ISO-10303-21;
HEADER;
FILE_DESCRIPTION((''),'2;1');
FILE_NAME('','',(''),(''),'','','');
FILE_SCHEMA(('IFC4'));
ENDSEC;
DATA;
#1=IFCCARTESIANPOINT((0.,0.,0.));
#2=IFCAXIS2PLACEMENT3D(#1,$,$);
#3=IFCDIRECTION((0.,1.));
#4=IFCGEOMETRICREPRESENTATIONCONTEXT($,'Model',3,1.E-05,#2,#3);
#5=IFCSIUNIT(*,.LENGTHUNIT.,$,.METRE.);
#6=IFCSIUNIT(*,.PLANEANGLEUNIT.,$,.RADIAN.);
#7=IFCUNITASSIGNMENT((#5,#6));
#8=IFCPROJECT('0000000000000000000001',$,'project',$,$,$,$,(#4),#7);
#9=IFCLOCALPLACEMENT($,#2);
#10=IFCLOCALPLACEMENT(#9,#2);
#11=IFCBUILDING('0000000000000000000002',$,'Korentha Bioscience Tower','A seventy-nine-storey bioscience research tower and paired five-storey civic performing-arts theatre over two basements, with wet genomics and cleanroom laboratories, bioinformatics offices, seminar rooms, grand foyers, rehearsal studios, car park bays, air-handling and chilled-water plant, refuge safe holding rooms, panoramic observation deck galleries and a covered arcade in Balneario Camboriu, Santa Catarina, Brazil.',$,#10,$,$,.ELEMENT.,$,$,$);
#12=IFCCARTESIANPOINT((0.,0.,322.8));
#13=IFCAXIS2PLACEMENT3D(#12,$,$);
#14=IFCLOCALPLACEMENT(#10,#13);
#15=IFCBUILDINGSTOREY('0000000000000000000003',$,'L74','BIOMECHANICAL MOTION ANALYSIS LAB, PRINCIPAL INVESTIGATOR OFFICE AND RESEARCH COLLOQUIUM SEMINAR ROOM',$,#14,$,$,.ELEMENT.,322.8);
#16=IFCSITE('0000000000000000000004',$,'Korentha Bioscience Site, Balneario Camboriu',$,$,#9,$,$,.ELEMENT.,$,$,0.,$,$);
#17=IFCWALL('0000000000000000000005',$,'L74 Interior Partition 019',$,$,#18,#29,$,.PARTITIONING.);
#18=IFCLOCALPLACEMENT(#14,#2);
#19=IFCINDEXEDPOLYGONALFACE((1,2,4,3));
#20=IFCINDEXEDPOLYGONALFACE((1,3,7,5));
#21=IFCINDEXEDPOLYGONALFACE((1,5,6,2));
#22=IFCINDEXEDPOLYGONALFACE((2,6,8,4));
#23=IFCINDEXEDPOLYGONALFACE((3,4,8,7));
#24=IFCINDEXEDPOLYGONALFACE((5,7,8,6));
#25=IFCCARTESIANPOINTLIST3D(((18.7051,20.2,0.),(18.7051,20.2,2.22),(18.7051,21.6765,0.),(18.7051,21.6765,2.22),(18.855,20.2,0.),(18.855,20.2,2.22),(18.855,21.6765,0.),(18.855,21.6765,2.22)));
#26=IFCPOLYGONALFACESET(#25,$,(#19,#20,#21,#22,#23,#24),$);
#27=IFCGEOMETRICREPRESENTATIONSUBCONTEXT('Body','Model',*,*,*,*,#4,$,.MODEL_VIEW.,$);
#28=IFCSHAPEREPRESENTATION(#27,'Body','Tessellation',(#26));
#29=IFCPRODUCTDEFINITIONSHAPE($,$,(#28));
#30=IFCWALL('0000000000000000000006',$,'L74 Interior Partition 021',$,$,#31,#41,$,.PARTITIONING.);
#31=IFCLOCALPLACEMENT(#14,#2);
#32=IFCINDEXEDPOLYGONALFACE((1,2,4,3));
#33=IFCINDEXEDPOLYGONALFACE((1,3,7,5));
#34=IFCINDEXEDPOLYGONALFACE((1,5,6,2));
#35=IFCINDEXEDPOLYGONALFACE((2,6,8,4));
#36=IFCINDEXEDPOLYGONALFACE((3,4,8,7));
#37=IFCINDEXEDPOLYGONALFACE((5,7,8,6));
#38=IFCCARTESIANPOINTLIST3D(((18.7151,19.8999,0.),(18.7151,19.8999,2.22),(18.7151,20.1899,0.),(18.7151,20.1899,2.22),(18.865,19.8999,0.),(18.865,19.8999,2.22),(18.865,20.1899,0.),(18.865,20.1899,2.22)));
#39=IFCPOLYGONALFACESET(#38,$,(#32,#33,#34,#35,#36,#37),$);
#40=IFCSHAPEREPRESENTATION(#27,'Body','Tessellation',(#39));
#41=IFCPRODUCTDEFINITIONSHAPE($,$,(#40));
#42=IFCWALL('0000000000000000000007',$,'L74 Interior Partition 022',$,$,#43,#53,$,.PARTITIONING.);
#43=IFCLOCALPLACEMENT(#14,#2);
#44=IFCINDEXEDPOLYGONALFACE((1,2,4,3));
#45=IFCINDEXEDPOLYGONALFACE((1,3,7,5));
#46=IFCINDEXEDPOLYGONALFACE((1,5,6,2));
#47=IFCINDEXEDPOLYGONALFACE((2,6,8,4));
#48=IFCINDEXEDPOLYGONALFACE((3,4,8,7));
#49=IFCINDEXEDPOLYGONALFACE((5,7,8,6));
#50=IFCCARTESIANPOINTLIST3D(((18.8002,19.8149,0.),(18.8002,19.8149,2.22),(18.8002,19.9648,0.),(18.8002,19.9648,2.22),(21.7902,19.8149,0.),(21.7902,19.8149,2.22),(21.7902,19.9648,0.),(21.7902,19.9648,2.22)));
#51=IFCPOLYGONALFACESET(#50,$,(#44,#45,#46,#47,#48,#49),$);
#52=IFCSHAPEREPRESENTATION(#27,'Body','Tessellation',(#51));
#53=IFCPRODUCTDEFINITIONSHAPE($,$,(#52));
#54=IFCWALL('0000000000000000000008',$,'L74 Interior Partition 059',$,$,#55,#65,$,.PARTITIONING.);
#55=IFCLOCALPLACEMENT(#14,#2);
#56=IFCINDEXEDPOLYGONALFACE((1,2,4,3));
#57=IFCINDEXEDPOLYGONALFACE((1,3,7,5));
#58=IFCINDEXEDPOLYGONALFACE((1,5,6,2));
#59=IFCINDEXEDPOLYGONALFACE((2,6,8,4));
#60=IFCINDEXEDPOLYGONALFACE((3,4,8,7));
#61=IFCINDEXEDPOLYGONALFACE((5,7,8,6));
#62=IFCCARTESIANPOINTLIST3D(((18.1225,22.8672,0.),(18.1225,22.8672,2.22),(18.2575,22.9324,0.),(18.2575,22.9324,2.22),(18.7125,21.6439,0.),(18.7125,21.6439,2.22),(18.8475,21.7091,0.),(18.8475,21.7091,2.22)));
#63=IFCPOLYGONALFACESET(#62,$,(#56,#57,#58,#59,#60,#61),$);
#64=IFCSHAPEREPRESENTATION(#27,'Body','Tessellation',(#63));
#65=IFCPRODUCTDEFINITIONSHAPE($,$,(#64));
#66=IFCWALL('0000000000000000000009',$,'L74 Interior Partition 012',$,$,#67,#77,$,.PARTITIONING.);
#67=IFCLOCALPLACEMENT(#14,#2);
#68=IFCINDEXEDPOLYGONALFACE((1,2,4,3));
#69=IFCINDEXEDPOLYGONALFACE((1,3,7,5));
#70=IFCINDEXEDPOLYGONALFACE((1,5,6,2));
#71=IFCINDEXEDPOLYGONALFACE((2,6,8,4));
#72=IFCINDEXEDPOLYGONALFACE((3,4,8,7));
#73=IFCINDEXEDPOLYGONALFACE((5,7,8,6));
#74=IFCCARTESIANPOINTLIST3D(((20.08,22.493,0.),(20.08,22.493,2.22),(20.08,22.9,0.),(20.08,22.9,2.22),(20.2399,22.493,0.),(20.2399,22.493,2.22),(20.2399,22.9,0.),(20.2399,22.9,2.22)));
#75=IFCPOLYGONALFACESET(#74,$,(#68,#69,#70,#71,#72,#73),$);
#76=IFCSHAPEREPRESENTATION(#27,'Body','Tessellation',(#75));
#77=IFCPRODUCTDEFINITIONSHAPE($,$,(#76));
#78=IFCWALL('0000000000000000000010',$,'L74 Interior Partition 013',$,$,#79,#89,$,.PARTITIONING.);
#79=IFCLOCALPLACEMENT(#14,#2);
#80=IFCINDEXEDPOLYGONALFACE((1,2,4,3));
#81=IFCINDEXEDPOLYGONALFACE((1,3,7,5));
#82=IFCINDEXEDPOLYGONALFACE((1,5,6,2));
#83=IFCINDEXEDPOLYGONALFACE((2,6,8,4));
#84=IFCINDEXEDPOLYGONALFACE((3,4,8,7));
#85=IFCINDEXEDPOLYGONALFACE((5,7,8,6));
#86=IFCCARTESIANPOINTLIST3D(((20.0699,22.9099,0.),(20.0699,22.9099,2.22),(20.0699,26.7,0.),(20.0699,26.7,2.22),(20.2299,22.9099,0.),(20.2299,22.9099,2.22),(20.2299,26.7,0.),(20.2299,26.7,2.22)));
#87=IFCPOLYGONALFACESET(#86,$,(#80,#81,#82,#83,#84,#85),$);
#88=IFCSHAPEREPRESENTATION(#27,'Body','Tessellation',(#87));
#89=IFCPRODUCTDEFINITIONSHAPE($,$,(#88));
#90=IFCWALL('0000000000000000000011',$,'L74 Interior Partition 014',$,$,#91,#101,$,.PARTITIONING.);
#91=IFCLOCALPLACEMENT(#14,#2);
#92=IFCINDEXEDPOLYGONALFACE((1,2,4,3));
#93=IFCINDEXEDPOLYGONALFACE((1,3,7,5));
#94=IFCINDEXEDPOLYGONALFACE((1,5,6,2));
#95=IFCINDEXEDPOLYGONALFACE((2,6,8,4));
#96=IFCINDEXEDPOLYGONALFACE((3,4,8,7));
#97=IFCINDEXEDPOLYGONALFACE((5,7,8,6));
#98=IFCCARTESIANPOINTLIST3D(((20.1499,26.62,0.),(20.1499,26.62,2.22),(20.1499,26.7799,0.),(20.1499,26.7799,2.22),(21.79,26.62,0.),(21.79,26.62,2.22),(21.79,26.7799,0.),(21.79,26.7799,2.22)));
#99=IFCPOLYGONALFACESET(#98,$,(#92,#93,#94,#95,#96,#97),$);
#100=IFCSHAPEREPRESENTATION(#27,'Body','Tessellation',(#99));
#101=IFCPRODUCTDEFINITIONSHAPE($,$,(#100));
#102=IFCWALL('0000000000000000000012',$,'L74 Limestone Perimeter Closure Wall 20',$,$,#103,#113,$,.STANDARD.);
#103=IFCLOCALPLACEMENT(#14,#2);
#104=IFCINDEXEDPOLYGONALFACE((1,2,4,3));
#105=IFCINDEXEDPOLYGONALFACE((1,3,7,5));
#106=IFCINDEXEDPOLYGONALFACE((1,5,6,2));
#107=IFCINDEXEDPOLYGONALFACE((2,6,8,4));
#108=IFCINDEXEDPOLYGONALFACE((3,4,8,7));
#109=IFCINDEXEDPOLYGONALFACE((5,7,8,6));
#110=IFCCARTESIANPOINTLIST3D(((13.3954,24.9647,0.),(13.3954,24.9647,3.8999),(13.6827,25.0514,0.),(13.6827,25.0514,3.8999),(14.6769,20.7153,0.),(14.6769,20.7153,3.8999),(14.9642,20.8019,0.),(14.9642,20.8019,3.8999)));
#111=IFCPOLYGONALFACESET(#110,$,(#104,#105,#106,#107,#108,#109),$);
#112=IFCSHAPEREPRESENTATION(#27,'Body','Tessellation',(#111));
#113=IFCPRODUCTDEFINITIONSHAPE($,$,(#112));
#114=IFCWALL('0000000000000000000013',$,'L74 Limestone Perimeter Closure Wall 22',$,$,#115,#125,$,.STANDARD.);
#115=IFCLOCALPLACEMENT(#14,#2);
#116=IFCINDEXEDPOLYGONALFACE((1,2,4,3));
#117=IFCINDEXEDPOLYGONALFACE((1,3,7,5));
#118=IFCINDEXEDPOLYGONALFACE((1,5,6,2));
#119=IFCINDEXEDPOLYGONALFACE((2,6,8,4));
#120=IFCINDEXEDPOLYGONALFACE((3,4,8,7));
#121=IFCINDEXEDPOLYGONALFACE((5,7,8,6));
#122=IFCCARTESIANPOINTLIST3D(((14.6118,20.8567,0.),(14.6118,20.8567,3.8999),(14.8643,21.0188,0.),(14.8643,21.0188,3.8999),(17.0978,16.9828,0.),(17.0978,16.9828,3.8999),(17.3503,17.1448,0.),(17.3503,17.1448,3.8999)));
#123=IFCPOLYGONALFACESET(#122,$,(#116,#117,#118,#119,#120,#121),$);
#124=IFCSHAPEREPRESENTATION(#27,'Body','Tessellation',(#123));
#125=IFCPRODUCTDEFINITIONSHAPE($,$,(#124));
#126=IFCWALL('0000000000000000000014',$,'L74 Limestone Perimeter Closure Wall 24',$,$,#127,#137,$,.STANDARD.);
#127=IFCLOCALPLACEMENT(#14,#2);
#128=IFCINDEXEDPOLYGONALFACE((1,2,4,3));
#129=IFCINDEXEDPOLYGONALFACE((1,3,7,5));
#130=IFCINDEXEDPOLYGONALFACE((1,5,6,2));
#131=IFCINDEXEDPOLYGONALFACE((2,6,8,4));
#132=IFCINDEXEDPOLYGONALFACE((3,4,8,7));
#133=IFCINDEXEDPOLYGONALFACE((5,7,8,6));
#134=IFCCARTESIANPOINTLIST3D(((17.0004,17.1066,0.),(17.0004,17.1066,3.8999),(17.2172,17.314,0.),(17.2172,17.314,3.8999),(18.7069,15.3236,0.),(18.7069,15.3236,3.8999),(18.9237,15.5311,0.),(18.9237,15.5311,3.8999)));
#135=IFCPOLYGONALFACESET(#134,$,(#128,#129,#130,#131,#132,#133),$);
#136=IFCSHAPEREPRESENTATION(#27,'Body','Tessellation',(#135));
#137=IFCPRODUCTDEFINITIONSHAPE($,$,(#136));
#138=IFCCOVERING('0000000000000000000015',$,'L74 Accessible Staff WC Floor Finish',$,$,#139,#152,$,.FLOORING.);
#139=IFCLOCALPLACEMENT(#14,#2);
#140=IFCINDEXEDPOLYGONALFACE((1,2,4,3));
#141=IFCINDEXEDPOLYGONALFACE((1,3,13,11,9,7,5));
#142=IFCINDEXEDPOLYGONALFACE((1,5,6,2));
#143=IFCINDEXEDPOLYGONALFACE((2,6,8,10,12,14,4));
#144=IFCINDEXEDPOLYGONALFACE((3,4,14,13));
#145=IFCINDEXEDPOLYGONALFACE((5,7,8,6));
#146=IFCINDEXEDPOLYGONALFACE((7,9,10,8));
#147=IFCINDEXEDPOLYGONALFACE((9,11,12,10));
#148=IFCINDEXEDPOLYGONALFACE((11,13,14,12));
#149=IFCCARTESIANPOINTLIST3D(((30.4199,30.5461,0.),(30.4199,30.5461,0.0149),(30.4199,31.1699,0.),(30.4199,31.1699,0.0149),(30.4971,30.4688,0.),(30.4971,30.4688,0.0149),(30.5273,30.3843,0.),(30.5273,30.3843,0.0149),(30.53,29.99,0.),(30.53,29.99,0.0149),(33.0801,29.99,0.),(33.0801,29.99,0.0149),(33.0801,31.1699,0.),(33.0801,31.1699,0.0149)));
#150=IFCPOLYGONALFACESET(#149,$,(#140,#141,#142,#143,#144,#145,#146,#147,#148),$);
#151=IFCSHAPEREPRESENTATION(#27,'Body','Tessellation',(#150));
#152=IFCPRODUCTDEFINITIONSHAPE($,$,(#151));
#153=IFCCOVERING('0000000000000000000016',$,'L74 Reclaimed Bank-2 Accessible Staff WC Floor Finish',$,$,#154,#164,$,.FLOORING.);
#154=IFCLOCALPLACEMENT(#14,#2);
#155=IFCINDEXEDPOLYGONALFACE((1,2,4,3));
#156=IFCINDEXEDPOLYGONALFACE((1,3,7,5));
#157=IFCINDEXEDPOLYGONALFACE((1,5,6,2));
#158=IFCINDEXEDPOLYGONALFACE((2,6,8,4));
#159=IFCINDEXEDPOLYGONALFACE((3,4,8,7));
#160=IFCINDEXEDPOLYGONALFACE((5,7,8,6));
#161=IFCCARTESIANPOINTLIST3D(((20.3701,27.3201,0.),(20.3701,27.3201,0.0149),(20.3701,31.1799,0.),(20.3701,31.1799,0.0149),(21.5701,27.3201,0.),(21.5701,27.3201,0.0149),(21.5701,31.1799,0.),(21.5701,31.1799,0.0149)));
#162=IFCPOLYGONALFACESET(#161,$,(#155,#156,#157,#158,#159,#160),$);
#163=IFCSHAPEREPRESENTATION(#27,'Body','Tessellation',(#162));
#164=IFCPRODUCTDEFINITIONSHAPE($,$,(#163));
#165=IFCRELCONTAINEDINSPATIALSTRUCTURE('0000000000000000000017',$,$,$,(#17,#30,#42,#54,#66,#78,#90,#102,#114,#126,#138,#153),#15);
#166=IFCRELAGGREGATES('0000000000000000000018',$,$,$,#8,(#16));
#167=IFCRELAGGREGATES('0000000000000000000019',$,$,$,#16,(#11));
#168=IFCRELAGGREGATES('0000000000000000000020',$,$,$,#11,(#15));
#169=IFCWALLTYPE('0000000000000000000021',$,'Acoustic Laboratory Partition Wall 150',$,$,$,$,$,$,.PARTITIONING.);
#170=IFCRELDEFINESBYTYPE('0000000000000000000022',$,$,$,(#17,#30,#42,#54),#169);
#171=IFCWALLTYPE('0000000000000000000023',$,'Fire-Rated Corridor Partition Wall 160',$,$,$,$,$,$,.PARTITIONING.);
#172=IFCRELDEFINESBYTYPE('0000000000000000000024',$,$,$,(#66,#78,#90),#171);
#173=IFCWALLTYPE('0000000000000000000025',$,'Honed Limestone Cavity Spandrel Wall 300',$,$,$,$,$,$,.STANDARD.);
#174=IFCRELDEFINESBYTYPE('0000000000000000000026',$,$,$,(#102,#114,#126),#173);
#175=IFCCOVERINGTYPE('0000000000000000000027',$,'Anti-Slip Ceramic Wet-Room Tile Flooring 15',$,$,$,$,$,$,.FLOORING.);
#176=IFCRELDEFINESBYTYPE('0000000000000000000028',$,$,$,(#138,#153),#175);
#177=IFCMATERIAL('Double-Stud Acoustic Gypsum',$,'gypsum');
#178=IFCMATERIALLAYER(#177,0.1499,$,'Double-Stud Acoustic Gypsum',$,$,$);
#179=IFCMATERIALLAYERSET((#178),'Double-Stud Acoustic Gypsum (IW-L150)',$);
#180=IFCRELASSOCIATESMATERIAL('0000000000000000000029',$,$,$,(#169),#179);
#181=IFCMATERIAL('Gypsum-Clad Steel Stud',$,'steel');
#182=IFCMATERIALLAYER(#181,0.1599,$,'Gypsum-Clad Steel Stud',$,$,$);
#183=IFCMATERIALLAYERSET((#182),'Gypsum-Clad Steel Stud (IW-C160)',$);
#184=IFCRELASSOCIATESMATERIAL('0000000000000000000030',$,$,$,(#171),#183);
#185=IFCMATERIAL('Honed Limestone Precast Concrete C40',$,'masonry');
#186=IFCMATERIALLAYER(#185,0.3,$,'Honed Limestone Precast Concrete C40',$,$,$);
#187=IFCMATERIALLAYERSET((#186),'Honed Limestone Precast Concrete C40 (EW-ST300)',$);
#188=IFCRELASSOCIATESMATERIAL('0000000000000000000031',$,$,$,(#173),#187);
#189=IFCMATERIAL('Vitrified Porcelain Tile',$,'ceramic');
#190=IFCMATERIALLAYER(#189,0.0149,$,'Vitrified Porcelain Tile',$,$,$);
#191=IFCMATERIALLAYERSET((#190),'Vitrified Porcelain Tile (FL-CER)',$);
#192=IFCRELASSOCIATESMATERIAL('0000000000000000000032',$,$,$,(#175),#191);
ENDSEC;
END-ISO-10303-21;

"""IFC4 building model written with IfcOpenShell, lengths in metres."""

from ifc_helpers import new_model, si_unit, direction, frame, frame_2d, origin, place, context, subcontext, project, spatial, polyline, rectangle, outline, extrude, material, layer, layer_set, type_object, element, save


model = new_model("IFC4")

# Units and contexts
model_context = context("Model", 3, precision=1e-05, world=origin(), true_north=direction((0.0, 1.0)))
body_context = subcontext(model_context, "Body", "Model", "MODEL_VIEW")
ifc_project = project(units=[si_unit("LENGTHUNIT", "METRE"), si_unit("PLANEANGLEUNIT", "RADIAN")], contexts=[model_context])

# Site, building, storey
site_placement = place(None, origin())
site = spatial("IfcSite", under=ifc_project, at=site_placement, Name="Korentha Bioscience Site, Balneario Camboriu", CompositionType="ELEMENT", RefElevation=0.0)
building_placement = place(site_placement, origin())
building = spatial("IfcBuilding", under=site, at=building_placement, Name="Korentha Bioscience Tower", Description="A seventy-nine-storey bioscience research tower and paired five-storey civic performing-arts theatre over two basements, with wet genomics and cleanroom laboratories, bioinformatics offices, seminar rooms, grand foyers, rehearsal studios, car park bays, air-handling and chilled-water plant, refuge safe holding rooms, panoramic observation deck galleries and a covered arcade in Balneario Camboriu, Santa Catarina, Brazil.", CompositionType="ELEMENT")
storey_placement = place(building_placement, frame((0.0, 0.0, 322.8)))
storey = spatial("IfcBuildingStorey", under=building, at=storey_placement, Name="L74", Description="BIOMECHANICAL MOTION ANALYSIS LAB, PRINCIPAL INVESTIGATOR OFFICE AND RESEARCH COLLOQUIUM SEMINAR ROOM", CompositionType="ELEMENT", Elevation=322.8)

# Shared definitions
ifc_material_1 = material(Name="Double-Stud Acoustic Gypsum", Category="gypsum")
ifc_layer_1 = layer(ifc_material_1, 0.1499, Name="Double-Stud Acoustic Gypsum")
ifc_layer_set_1 = layer_set([ifc_layer_1], Name="Double-Stud Acoustic Gypsum (IW-L150)")
wall_type_1 = type_object("IfcWallType", Name="Acoustic Laboratory Partition Wall 150", PredefinedType="PARTITIONING", material=ifc_layer_set_1)

# Walls
wall_1_placement = place(storey_placement, frame((18.78, 21.6765, 0.0), z_axis=(0.0, 0.0, 1.0), x_axis=(0.0, -1.0, 0.0)))
element("IfcWall", 1, at=wall_1_placement, inside=storey, type_object=wall_type_1, Name="L74 Interior Partition 019", PredefinedType="PARTITIONING", context=body_context, shape_type="SweptSolid", body=[
    extrude(rectangle(XDim=1.4766, YDim=0.1499, at=frame_2d((0.7383, 0.0))), origin(), (0.0, 0.0, 1.0), 2.22),
])
wall_2_placement = place(storey_placement, frame((18.79, 20.1899, 0.0), z_axis=(0.0, 0.0, 1.0), x_axis=(0.0, -1.0, 0.0)))
element("IfcWall", 2, at=wall_2_placement, inside=storey, type_object=wall_type_1, Name="L74 Interior Partition 021", PredefinedType="PARTITIONING", context=body_context, shape_type="SweptSolid", body=[
    extrude(rectangle(XDim=0.29, YDim=0.1499, at=frame_2d((0.145, 0.0))), origin(), (0.0, 0.0, 1.0), 2.22),
])
wall_3_placement = place(storey_placement, frame((18.8, 19.8899, 0.0), z_axis=(0.0, 0.0, 1.0), x_axis=(1.0, 0.0, 0.0)))
element("IfcWall", 3, at=wall_3_placement, inside=storey, type_object=wall_type_1, Name="L74 Interior Partition 022", PredefinedType="PARTITIONING", context=body_context, shape_type="SweptSolid", body=[
    extrude(rectangle(XDim=2.99, YDim=0.1499, at=frame_2d((1.4951, 0.0))), origin(), (0.0, 0.0, 1.0), 2.22),
])
wall_4_placement = place(storey_placement, frame((18.1899, 22.8999, 0.0), z_axis=(0.0, 0.0, 1.0), x_axis=(0.434442, -0.9007, 0.0)))
element("IfcWall", 4, at=wall_4_placement, inside=storey, type_object=wall_type_1, Name="L74 Interior Partition 059", PredefinedType="PARTITIONING", context=body_context, shape_type="SweptSolid", body=[
    extrude(rectangle(XDim=1.3582, YDim=0.1499, at=frame_2d((0.6792, 0.0))), origin(), (0.0, 0.0, 1.0), 2.22),
])
ifc_material_2 = material(Name="Gypsum-Clad Steel Stud", Category="steel")
ifc_layer_2 = layer(ifc_material_2, 0.1599, Name="Gypsum-Clad Steel Stud")
ifc_layer_set_2 = layer_set([ifc_layer_2], Name="Gypsum-Clad Steel Stud (IW-C160)")
wall_type_2 = type_object("IfcWallType", Name="Fire-Rated Corridor Partition Wall 160", PredefinedType="PARTITIONING", material=ifc_layer_set_2)
wall_5_placement = place(storey_placement, frame((20.1599, 22.4929, 0.0), z_axis=(0.0, 0.0, 1.0), x_axis=(0.0, 1.0, 0.0)))
element("IfcWall", 5, at=wall_5_placement, inside=storey, type_object=wall_type_2, Name="L74 Interior Partition 012", PredefinedType="PARTITIONING", context=body_context, shape_type="SweptSolid", body=[
    extrude(rectangle(XDim=0.407, YDim=0.1599, at=frame_2d((0.2036, 0.0))), origin(), (0.0, 0.0, 1.0), 2.22),
])
wall_6_placement = place(storey_placement, frame((20.1499, 22.9099, 0.0), z_axis=(0.0, 0.0, 1.0), x_axis=(0.0, 1.0, 0.0)))
element("IfcWall", 6, at=wall_6_placement, inside=storey, type_object=wall_type_2, Name="L74 Interior Partition 013", PredefinedType="PARTITIONING", context=body_context, shape_type="SweptSolid", body=[
    extrude(rectangle(XDim=3.79, YDim=0.1599, at=frame_2d((1.895, 0.0))), origin(), (0.0, 0.0, 1.0), 2.22),
])
wall_7_placement = place(storey_placement, frame((20.1499, 26.7, 0.0), z_axis=(0.0, 0.0, 1.0), x_axis=(1.0, 0.0, 0.0)))
element("IfcWall", 7, at=wall_7_placement, inside=storey, type_object=wall_type_2, Name="L74 Interior Partition 014", PredefinedType="PARTITIONING", context=body_context, shape_type="SweptSolid", body=[
    extrude(rectangle(XDim=1.6401, YDim=0.1599, at=frame_2d((0.8201, 0.0))), origin(), (0.0, 0.0, 1.0), 2.22),
])
ifc_material_3 = material(Name="Honed Limestone Precast Concrete C40", Category="masonry")
ifc_layer_3 = layer(ifc_material_3, 0.3, Name="Honed Limestone Precast Concrete C40")
ifc_layer_set_3 = layer_set([ifc_layer_3], Name="Honed Limestone Precast Concrete C40 (EW-ST300)")
wall_type_3 = type_object("IfcWallType", Name="Honed Limestone Cavity Spandrel Wall 300", PredefinedType="STANDARD", material=ifc_layer_set_3)
wall_8_placement = place(storey_placement, frame((13.5391, 25.0081, 0.0), z_axis=(0.0, 0.0, 1.0), x_axis=(0.28872, -0.957414, 0.0)))
element("IfcWall", 8, at=wall_8_placement, inside=storey, type_object=wall_type_3, Name="L74 Limestone Perimeter Closure Wall 20", PredefinedType="STANDARD", context=body_context, shape_type="SweptSolid", body=[
    extrude(rectangle(XDim=4.4385, YDim=0.3, at=frame_2d((2.2192, 0.0))), origin(), (0.0, 0.0, 1.0), 3.8999),
])
wall_9_placement = place(storey_placement, frame((14.738, 20.9377, 0.0), z_axis=(0.0, 0.0, 1.0), x_axis=(0.540087, -0.841609, 0.0)))
element("IfcWall", 9, at=wall_9_placement, inside=storey, type_object=wall_type_3, Name="L74 Limestone Perimeter Closure Wall 22", PredefinedType="STANDARD", context=body_context, shape_type="SweptSolid", body=[
    extrude(rectangle(XDim=4.603, YDim=0.3, at=frame_2d((2.3015, 0.0))), origin(), (0.0, 0.0, 1.0), 3.8999),
])
wall_10_placement = place(storey_placement, frame((17.1089, 17.2102, 0.0), z_axis=(0.0, 0.0, 1.0), x_axis=(0.691456, -0.722418, 0.0)))
element("IfcWall", 10, at=wall_10_placement, inside=storey, type_object=wall_type_3, Name="L74 Limestone Perimeter Closure Wall 24", PredefinedType="STANDARD", context=body_context, shape_type="SweptSolid", body=[
    extrude(rectangle(XDim=2.468, YDim=0.3, at=frame_2d((1.2339, 0.0))), origin(), (0.0, 0.0, 1.0), 3.8999),
])

# Coverings
ifc_material_4 = material(Name="Vitrified Porcelain Tile", Category="ceramic")
ifc_layer_4 = layer(ifc_material_4, 0.0149, Name="Vitrified Porcelain Tile")
ifc_layer_set_4 = layer_set([ifc_layer_4], Name="Vitrified Porcelain Tile (FL-CER)")
covering_type_1 = type_object("IfcCoveringType", Name="Anti-Slip Ceramic Wet-Room Tile Flooring 15", PredefinedType="FLOORING", material=ifc_layer_set_4)
covering_1_placement = place(storey_placement, origin())
element("IfcCovering", 11, at=covering_1_placement, inside=storey, type_object=covering_type_1, Name="L74 Accessible Staff WC Floor Finish", PredefinedType="FLOORING", context=body_context, shape_type="SweptSolid", body=[
    extrude(outline(polyline([(30.4199, 31.1699), (33.0801, 31.1699), (33.0801, 29.99), (30.53, 29.99), (30.5273, 30.3843), (30.4971, 30.4688), (30.4199, 30.5461), (30.4199, 31.1699)])), origin(), (0.0, 0.0, 1.0), 0.0149),
])
covering_2_placement = place(storey_placement, origin())
element("IfcCovering", 12, at=covering_2_placement, inside=storey, type_object=covering_type_1, Name="L74 Reclaimed Bank-2 Accessible Staff WC Floor Finish", PredefinedType="FLOORING", context=body_context, shape_type="SweptSolid", body=[
    extrude(outline(polyline([(21.5701, 27.3201), (20.3701, 27.3201), (20.3701, 31.1799), (21.5701, 31.1799), (21.5701, 27.3201)])), origin(), (0.0, 0.0, 1.0), 0.0149),
])

save(model, "model.ifc")
